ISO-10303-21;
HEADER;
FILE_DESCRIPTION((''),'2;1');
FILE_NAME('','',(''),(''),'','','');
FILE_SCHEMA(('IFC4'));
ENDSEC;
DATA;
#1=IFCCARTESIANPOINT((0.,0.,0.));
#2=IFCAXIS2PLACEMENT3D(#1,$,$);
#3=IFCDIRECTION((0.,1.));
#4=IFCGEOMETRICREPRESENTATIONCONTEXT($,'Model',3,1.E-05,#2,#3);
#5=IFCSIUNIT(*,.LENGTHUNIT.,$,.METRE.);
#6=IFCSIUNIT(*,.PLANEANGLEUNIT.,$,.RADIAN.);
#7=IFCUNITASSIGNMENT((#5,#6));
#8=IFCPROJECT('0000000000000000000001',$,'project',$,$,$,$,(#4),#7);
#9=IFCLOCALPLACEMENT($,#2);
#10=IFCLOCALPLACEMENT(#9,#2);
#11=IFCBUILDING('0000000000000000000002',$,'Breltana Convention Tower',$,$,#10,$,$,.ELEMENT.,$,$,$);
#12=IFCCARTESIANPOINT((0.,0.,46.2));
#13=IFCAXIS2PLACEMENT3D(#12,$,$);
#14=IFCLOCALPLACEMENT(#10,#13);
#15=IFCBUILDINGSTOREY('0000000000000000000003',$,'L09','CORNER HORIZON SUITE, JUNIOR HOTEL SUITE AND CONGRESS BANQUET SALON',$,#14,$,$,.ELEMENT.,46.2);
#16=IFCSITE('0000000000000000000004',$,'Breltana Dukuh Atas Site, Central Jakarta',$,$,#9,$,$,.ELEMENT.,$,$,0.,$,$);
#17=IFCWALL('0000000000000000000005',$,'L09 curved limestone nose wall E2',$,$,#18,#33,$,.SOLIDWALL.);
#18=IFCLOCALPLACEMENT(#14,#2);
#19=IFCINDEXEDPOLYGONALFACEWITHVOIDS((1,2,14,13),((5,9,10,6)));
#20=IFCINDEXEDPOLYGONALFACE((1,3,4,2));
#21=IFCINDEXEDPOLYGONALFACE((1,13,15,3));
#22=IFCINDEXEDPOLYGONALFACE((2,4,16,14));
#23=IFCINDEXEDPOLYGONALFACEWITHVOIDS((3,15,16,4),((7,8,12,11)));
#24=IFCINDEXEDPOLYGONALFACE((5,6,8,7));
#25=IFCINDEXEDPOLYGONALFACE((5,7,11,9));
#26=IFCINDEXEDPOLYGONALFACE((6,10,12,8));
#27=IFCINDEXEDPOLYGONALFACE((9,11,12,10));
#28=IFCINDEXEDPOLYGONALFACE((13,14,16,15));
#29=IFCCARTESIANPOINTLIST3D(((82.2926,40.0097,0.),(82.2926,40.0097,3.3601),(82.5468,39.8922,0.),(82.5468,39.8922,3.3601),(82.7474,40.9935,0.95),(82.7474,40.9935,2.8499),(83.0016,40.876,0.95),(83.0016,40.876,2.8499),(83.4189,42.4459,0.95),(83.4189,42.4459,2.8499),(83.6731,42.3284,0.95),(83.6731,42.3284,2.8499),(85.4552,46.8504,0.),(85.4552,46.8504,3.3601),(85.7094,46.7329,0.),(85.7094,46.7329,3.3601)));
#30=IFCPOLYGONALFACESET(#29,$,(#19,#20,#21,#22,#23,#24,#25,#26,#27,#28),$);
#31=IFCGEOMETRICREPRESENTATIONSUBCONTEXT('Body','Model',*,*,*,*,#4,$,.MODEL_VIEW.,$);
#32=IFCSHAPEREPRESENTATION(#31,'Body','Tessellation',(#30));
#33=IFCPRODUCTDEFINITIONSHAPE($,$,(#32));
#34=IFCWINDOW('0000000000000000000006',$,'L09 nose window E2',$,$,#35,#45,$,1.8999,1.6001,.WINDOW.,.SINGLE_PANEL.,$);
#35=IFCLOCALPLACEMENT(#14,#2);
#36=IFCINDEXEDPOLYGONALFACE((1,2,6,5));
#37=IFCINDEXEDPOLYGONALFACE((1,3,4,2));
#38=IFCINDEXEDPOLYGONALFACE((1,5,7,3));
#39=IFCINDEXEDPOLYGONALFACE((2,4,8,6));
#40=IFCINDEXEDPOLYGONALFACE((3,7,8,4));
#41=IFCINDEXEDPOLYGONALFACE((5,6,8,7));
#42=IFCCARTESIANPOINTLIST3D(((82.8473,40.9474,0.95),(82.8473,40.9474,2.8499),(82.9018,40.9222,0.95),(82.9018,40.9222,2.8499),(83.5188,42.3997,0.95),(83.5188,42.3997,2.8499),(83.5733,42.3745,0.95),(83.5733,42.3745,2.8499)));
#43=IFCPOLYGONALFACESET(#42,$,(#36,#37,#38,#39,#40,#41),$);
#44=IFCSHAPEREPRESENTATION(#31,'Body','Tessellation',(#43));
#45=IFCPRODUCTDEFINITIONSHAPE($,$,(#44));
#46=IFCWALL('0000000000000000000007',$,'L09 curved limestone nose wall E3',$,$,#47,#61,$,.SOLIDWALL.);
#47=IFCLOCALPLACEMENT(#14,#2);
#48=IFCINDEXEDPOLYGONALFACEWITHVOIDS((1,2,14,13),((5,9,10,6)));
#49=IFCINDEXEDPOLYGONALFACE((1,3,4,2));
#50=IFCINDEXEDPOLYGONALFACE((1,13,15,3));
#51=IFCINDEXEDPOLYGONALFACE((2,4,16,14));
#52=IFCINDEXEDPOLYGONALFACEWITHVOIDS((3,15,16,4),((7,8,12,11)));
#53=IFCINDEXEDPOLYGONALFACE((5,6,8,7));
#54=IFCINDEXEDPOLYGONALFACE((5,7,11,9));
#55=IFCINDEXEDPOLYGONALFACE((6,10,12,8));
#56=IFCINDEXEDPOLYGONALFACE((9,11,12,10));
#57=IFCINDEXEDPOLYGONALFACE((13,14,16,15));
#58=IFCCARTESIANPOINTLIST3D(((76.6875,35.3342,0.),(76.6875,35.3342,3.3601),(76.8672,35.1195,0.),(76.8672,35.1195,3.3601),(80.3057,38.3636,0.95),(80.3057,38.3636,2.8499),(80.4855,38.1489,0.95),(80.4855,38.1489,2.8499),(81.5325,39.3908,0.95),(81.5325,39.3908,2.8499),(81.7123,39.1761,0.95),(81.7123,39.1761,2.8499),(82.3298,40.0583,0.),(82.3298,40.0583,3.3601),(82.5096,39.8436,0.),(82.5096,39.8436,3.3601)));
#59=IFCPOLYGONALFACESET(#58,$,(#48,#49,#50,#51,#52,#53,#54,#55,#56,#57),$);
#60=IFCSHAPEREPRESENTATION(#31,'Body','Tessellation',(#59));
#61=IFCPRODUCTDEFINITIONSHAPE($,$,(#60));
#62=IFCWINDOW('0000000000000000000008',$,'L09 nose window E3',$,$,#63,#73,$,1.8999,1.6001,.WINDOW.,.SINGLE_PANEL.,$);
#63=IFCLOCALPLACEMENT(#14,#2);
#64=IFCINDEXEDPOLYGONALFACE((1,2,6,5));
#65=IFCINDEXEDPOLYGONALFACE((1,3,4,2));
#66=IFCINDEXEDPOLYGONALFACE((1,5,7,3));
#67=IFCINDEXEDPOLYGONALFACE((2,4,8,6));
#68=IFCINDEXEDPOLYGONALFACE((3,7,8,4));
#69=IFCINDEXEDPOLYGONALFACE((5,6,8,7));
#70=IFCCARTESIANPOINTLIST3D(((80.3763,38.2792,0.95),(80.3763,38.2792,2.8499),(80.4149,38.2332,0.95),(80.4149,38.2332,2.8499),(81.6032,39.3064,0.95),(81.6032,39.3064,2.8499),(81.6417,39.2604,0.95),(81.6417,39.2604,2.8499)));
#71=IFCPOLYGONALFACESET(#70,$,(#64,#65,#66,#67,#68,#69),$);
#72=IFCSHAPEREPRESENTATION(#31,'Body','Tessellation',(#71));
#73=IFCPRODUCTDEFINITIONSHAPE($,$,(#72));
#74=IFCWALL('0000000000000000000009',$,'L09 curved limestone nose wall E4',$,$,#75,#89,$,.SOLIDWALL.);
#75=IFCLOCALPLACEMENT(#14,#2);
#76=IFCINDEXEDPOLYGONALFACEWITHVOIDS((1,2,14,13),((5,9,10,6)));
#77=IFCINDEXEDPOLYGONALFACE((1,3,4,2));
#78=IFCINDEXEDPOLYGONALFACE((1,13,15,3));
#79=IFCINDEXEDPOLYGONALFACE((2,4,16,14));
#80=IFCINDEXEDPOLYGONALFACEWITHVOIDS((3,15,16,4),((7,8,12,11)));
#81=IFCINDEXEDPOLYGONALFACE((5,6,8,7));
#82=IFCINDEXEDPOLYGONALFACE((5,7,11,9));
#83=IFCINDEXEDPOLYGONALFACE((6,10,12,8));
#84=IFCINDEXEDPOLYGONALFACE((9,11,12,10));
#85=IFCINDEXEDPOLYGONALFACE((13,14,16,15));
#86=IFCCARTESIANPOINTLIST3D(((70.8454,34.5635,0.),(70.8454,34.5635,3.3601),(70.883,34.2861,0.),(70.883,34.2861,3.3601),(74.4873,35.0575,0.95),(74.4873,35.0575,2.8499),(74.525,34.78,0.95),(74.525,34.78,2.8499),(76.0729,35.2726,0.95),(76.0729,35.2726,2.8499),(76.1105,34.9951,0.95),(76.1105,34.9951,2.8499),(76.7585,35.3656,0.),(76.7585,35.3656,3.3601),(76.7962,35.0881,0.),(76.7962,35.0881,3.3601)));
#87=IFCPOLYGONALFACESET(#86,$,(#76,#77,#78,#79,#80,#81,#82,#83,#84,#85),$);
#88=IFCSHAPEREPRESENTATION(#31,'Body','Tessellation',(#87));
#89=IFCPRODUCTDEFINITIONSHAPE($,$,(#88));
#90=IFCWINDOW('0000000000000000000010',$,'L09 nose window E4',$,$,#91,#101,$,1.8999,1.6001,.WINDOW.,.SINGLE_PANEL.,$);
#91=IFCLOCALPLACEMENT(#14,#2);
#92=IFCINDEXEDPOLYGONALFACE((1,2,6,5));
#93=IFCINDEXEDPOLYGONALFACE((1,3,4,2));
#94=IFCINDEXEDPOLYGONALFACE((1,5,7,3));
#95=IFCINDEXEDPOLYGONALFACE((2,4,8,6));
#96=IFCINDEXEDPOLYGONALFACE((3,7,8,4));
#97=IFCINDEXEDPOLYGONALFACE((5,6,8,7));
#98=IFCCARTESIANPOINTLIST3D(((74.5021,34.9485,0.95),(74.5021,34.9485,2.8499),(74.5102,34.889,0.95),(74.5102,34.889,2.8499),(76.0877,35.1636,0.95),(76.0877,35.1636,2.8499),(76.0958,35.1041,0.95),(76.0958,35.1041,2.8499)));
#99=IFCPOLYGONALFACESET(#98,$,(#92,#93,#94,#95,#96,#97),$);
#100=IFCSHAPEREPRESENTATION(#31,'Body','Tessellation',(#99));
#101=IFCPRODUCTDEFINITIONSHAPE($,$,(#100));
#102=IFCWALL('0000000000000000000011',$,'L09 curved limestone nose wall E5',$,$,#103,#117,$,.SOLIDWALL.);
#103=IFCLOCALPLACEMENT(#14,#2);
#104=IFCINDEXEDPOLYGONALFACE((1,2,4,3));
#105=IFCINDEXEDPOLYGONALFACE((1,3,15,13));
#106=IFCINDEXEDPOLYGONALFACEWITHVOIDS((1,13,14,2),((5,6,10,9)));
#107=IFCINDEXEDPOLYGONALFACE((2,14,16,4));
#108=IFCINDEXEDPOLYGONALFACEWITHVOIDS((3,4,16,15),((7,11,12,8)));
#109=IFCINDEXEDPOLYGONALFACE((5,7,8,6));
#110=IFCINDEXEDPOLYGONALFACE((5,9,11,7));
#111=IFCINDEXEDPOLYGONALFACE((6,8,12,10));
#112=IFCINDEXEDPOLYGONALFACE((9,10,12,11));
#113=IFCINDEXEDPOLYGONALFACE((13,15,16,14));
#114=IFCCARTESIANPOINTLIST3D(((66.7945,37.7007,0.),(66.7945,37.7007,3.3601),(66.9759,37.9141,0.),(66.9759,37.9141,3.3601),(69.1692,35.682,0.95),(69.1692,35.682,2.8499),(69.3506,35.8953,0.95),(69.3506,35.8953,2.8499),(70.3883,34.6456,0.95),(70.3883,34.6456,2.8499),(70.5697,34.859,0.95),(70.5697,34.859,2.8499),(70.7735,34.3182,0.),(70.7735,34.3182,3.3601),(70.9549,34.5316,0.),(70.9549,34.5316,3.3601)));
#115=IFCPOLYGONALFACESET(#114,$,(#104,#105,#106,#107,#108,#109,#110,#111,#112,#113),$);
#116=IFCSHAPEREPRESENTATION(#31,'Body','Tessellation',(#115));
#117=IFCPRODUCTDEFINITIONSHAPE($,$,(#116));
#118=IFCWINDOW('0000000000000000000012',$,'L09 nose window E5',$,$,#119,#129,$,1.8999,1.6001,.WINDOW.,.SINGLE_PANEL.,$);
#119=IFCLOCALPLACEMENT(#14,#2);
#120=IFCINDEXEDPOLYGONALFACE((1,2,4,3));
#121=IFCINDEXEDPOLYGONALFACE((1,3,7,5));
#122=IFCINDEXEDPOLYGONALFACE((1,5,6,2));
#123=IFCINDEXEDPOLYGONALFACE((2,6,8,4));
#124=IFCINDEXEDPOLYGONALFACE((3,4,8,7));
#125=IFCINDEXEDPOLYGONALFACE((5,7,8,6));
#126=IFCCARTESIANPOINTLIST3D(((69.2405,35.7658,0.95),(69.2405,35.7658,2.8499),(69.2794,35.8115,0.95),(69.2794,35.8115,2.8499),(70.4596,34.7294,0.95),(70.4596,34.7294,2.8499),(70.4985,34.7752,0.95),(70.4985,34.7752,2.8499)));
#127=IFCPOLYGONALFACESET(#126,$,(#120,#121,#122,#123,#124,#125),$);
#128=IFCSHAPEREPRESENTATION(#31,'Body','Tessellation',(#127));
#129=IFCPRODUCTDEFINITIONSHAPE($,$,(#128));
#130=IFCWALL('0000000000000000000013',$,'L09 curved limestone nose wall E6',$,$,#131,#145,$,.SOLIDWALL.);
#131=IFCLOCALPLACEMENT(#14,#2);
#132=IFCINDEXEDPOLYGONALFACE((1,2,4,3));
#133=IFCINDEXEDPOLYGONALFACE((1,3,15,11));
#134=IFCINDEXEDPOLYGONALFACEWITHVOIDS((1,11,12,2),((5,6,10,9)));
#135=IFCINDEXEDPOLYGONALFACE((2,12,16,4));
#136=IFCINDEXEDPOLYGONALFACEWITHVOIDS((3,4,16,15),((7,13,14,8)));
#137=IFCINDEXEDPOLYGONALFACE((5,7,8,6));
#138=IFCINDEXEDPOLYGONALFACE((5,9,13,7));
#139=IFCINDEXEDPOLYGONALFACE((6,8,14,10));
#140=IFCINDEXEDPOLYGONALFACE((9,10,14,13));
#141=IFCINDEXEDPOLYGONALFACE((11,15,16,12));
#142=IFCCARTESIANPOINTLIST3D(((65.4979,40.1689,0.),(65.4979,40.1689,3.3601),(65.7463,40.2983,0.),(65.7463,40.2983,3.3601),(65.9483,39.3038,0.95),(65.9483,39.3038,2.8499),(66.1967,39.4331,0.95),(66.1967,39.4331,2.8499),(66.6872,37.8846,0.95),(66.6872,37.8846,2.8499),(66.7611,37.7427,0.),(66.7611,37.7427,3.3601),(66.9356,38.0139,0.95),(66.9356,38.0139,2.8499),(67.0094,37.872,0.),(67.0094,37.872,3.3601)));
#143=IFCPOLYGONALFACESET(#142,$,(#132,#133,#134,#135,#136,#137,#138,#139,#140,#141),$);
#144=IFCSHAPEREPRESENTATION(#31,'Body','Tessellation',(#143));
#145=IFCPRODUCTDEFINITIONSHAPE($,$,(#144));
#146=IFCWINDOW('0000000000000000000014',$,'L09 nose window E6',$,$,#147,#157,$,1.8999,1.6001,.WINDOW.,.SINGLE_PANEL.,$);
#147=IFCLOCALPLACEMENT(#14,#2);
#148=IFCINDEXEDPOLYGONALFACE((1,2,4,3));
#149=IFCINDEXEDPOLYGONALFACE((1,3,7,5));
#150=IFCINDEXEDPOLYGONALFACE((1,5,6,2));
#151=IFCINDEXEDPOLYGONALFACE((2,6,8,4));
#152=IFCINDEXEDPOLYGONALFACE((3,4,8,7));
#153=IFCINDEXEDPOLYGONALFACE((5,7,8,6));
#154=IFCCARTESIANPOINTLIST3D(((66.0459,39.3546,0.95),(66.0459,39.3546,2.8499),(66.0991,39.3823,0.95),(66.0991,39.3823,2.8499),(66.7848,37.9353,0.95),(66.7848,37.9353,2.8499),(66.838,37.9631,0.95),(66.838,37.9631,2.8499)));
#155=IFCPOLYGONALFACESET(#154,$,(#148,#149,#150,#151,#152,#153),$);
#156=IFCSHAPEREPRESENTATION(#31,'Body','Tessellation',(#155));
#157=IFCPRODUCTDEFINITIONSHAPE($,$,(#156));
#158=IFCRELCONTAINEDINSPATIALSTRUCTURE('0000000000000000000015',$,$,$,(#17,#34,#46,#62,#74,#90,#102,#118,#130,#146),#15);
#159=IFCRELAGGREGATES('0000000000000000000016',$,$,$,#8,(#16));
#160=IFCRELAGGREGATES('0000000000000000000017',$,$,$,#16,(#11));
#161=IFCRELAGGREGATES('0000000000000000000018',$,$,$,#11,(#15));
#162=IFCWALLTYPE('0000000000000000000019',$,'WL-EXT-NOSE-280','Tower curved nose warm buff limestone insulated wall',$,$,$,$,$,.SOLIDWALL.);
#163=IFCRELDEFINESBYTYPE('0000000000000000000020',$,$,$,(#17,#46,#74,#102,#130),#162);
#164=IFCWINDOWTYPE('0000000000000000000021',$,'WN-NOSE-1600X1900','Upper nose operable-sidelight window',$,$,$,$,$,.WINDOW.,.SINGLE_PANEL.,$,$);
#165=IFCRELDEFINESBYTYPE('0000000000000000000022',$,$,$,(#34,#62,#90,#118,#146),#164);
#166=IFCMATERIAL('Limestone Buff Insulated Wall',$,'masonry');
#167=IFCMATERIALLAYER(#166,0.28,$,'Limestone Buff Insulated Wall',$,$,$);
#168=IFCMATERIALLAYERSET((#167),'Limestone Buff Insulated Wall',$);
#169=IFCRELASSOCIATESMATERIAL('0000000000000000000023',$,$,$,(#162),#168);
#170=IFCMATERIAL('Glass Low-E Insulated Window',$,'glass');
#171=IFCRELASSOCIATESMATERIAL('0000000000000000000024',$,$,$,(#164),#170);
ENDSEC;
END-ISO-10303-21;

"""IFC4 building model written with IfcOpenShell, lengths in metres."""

from ifc_helpers import new_model, si_unit, direction, frame, frame_2d, origin, place, context, subcontext, project, spatial, rectangle, extrude, source, transform, mapped, material, layer, layer_set, type_object, type_shapes, element, fill, save


model = new_model("IFC4")

# Units and contexts
model_context = context("Model", 3, precision=1e-05, world=origin(), true_north=direction((0.0, 1.0)))
body_context = subcontext(model_context, "Body", "Model", "MODEL_VIEW")
ifc_project = project(units=[si_unit("LENGTHUNIT", "METRE"), si_unit("PLANEANGLEUNIT", "RADIAN")], contexts=[model_context])

# Site, building, storey
site_placement = place(None, origin())
site = spatial("IfcSite", under=ifc_project, at=site_placement, Name="Breltana Dukuh Atas Site, Central Jakarta", CompositionType="ELEMENT", RefElevation=0.0)
building_placement = place(site_placement, origin())
building = spatial("IfcBuilding", under=site, at=building_placement, Name="Breltana Convention Tower", CompositionType="ELEMENT")
storey_placement = place(building_placement, frame((0.0, 0.0, 46.2)))
storey = spatial("IfcBuildingStorey", under=building, at=storey_placement, Name="L09", Description="CORNER HORIZON SUITE, JUNIOR HOTEL SUITE AND CONGRESS BANQUET SALON", CompositionType="ELEMENT", Elevation=46.2)

# Walls, openings, windows
ifc_material_1 = material(Name="Limestone Buff Insulated Wall", Category="masonry")
ifc_layer_1 = layer(ifc_material_1, 0.28, Name="Limestone Buff Insulated Wall")
ifc_layer_set_1 = layer_set([ifc_layer_1], Name="Limestone Buff Insulated Wall")
wall_type_1 = type_object("IfcWallType", Name="WL-EXT-NOSE-280", Description="Tower curved nose warm buff limestone insulated wall", PredefinedType="SOLIDWALL", material=ifc_layer_set_1)
shared_shape_1 = source(origin(), body_context, "Body", "SweptSolid", [
    extrude(rectangle(XDim=7.5364, YDim=0.28, at=frame_2d((3.7681, 0.0))), origin(), (0.0, 0.0, 1.0), 3.3601),
])
wall_1_placement = place(storey_placement, frame((85.5823, 46.7915, 0.0), z_axis=(0.0, 0.0, 1.0), x_axis=(-0.41965, -0.907686, 0.0)))
wall_1 = element("IfcWall", 1, at=wall_1_placement, inside=storey, type_object=wall_type_1, Name="L09 curved limestone nose wall E2", PredefinedType="SOLIDWALL", context=body_context, shape_type="MappedRepresentation", body=[
    mapped(shared_shape_1, transform((0.0, 0.0, 0.0), scale=1.0)),
])
opening_1_placement = place(wall_1_placement, frame((4.8523, 0.0, 0.95)))
opening_1 = element("IfcOpeningElement", 2, at=opening_1_placement, cuts=wall_1, PredefinedType="OPENING", context=body_context, shape_type="SweptSolid", body=[
    extrude(rectangle(XDim=1.6001, YDim=1.8999, at=frame_2d((0.8, 0.95))), frame((0.0, 0.1499, 0.0), z_axis=(0.0, -1.0, 0.0), x_axis=(1.0, 0.0, 0.0)), (0.0, 0.0, 1.0), 0.3),
])
ifc_material_2 = material(Name="Glass Low-E Insulated Window", Category="glass")
window_type = type_object("IfcWindowType", Name="WN-NOSE-1600X1900", Description="Upper nose operable-sidelight window", PartitioningType="SINGLE_PANEL", PredefinedType="WINDOW", material=ifc_material_2)
shared_shape_2 = source(origin(), body_context, "Body", "SweptSolid", [
    extrude(rectangle(XDim=1.6001, YDim=1.8999, at=frame_2d((0.8, 0.95))), frame((0.0, 0.03, 0.0), z_axis=(0.0, -1.0, 0.0), x_axis=(1.0, 0.0, 0.0)), (0.0, 0.0, 1.0), 0.0601),
])
type_shapes(window_type, [shared_shape_2])
window_1_placement = place(opening_1_placement, origin())
window_1 = element("IfcWindow", 3, at=window_1_placement, inside=storey, type_object=window_type, Name="L09 nose window E2", OverallHeight=1.8999, OverallWidth=1.6001, PartitioningType="SINGLE_PANEL", PredefinedType="WINDOW", context=body_context, shape_type="MappedRepresentation", body=[
    mapped(shared_shape_2, transform((0.0, 0.0, 0.0), scale=1.0)),
])
fill(opening_1, window_1)
shared_shape_3 = source(origin(), body_context, "Body", "SweptSolid", [
    extrude(rectangle(XDim=7.3589, YDim=0.28, at=frame_2d((3.6794, 0.0))), origin(), (0.0, 0.0, 1.0), 3.3601),
])
wall_2_placement = place(storey_placement, frame((82.4197, 39.9509, 0.0), z_axis=(0.0, 0.0, 1.0), x_axis=(-0.766737, -0.641961, 0.0)))
wall_2 = element("IfcWall", 4, at=wall_2_placement, inside=storey, type_object=wall_type_1, Name="L09 curved limestone nose wall E3", PredefinedType="SOLIDWALL", context=body_context, shape_type="MappedRepresentation", body=[
    mapped(shared_shape_3, transform((0.0, 0.0, 0.0), scale=1.0)),
])
opening_2_placement = place(wall_2_placement, frame((1.0398, 0.0, 0.95)))
opening_2 = element("IfcOpeningElement", 5, at=opening_2_placement, cuts=wall_2, PredefinedType="OPENING", context=body_context, shape_type="SweptSolid", body=[
    extrude(rectangle(XDim=1.6001, YDim=1.8999, at=frame_2d((0.8, 0.95))), frame((0.0, 0.1499, 0.0), z_axis=(0.0, -1.0, 0.0), x_axis=(1.0, 0.0, 0.0)), (0.0, 0.0, 1.0), 0.3),
])
window_2_placement = place(opening_2_placement, origin())
window_2 = element("IfcWindow", 6, at=window_2_placement, inside=storey, type_object=window_type, Name="L09 nose window E3", OverallHeight=1.8999, OverallWidth=1.6001, PartitioningType="SINGLE_PANEL", PredefinedType="WINDOW", context=body_context, shape_type="MappedRepresentation", body=[
    mapped(shared_shape_2, transform((0.0, 0.0, 0.0), scale=1.0)),
])
fill(opening_2, window_2)
shared_shape_4 = source(origin(), body_context, "Body", "SweptSolid", [
    extrude(rectangle(XDim=5.9673, YDim=0.28, at=frame_2d((2.9836, 0.0))), origin(), (0.0, 0.0, 1.0), 3.3601),
])
wall_3_placement = place(storey_placement, frame((76.7773, 35.2268, 0.0), z_axis=(0.0, 0.0, 1.0), x_axis=(-0.990927, -0.134401, 0.0)))
wall_3 = element("IfcWall", 7, at=wall_3_placement, inside=storey, type_object=wall_type_1, Name="L09 curved limestone nose wall E4", PredefinedType="SOLIDWALL", context=body_context, shape_type="MappedRepresentation", body=[
    mapped(shared_shape_4, transform((0.0, 0.0, 0.0), scale=1.0)),
])
opening_3_placement = place(wall_3_placement, frame((0.6919, 0.0, 0.95)))
opening_3 = element("IfcOpeningElement", 8, at=opening_3_placement, cuts=wall_3, PredefinedType="OPENING", context=body_context, shape_type="SweptSolid", body=[
    extrude(rectangle(XDim=1.6001, YDim=1.8999, at=frame_2d((0.8, 0.95))), frame((0.0, 0.1499, 0.0), z_axis=(0.0, -1.0, 0.0), x_axis=(1.0, 0.0, 0.0)), (0.0, 0.0, 1.0), 0.3),
])
window_3_placement = place(opening_3_placement, origin())
window_3 = element("IfcWindow", 9, at=window_3_placement, inside=storey, type_object=window_type, Name="L09 nose window E4", OverallHeight=1.8999, OverallWidth=1.6001, PartitioningType="SINGLE_PANEL", PredefinedType="WINDOW", context=body_context, shape_type="MappedRepresentation", body=[
    mapped(shared_shape_2, transform((0.0, 0.0, 0.0), scale=1.0)),
])
fill(opening_3, window_3)
shared_shape_5 = source(origin(), body_context, "Body", "SweptSolid", [
    extrude(rectangle(XDim=5.2224, YDim=0.28, at=frame_2d((2.6113, 0.0))), origin(), (0.0, 0.0, 1.0), 3.3601),
])
wall_4_placement = place(storey_placement, frame((70.8643, 34.4248, 0.0), z_axis=(0.0, 0.0, 1.0), x_axis=(-0.7619, 0.647695, 0.0)))
wall_4 = element("IfcWall", 10, at=wall_4_placement, inside=storey, type_object=wall_type_1, Name="L09 curved limestone nose wall E5", PredefinedType="SOLIDWALL", context=body_context, shape_type="MappedRepresentation", body=[
    mapped(shared_shape_5, transform((0.0, 0.0, 0.0), scale=1.0)),
])
opening_4_placement = place(wall_4_placement, frame((0.5056, 0.0, 0.95)))
opening_4 = element("IfcOpeningElement", 11, at=opening_4_placement, cuts=wall_4, PredefinedType="OPENING", context=body_context, shape_type="SweptSolid", body=[
    extrude(rectangle(XDim=1.6001, YDim=1.8999, at=frame_2d((0.8, 0.95))), frame((0.0, 0.1499, 0.0), z_axis=(0.0, -1.0, 0.0), x_axis=(1.0, 0.0, 0.0)), (0.0, 0.0, 1.0), 0.3),
])
window_4_placement = place(opening_4_placement, origin())
window_4 = element("IfcWindow", 12, at=window_4_placement, inside=storey, type_object=window_type, Name="L09 nose window E5", OverallHeight=1.8999, OverallWidth=1.6001, PartitioningType="SINGLE_PANEL", PredefinedType="WINDOW", context=body_context, shape_type="MappedRepresentation", body=[
    mapped(shared_shape_2, transform((0.0, 0.0, 0.0), scale=1.0)),
])
fill(opening_4, window_4)
shared_shape_6 = source(origin(), body_context, "Body", "SweptSolid", [
    extrude(rectangle(XDim=2.7354, YDim=0.28, at=frame_2d((1.3677, 0.0))), origin(), (0.0, 0.0, 1.0), 3.3601),
])
wall_5_placement = place(storey_placement, frame((66.8853, 37.8074, 0.0), z_axis=(0.0, 0.0, 1.0), x_axis=(-0.461791, 0.886989, 0.0)))
wall_5 = element("IfcWall", 13, at=wall_5_placement, inside=storey, type_object=wall_type_1, Name="L09 curved limestone nose wall E6", PredefinedType="SOLIDWALL", context=body_context, shape_type="MappedRepresentation", body=[
    mapped(shared_shape_6, transform((0.0, 0.0, 0.0), scale=1.0)),
])
opening_5_placement = place(wall_5_placement, frame((0.1599, 0.0, 0.95)))
opening_5 = element("IfcOpeningElement", 14, at=opening_5_placement, cuts=wall_5, PredefinedType="OPENING", context=body_context, shape_type="SweptSolid", body=[
    extrude(rectangle(XDim=1.6001, YDim=1.8999, at=frame_2d((0.8, 0.95))), frame((0.0, 0.1499, 0.0), z_axis=(0.0, -1.0, 0.0), x_axis=(1.0, 0.0, 0.0)), (0.0, 0.0, 1.0), 0.3),
])
window_5_placement = place(opening_5_placement, origin())
window_5 = element("IfcWindow", 15, at=window_5_placement, inside=storey, type_object=window_type, Name="L09 nose window E6", OverallHeight=1.8999, OverallWidth=1.6001, PartitioningType="SINGLE_PANEL", PredefinedType="WINDOW", context=body_context, shape_type="MappedRepresentation", body=[
    mapped(shared_shape_2, transform((0.0, 0.0, 0.0), scale=1.0)),
])
fill(opening_5, window_5)

save(model, "model.ifc")
